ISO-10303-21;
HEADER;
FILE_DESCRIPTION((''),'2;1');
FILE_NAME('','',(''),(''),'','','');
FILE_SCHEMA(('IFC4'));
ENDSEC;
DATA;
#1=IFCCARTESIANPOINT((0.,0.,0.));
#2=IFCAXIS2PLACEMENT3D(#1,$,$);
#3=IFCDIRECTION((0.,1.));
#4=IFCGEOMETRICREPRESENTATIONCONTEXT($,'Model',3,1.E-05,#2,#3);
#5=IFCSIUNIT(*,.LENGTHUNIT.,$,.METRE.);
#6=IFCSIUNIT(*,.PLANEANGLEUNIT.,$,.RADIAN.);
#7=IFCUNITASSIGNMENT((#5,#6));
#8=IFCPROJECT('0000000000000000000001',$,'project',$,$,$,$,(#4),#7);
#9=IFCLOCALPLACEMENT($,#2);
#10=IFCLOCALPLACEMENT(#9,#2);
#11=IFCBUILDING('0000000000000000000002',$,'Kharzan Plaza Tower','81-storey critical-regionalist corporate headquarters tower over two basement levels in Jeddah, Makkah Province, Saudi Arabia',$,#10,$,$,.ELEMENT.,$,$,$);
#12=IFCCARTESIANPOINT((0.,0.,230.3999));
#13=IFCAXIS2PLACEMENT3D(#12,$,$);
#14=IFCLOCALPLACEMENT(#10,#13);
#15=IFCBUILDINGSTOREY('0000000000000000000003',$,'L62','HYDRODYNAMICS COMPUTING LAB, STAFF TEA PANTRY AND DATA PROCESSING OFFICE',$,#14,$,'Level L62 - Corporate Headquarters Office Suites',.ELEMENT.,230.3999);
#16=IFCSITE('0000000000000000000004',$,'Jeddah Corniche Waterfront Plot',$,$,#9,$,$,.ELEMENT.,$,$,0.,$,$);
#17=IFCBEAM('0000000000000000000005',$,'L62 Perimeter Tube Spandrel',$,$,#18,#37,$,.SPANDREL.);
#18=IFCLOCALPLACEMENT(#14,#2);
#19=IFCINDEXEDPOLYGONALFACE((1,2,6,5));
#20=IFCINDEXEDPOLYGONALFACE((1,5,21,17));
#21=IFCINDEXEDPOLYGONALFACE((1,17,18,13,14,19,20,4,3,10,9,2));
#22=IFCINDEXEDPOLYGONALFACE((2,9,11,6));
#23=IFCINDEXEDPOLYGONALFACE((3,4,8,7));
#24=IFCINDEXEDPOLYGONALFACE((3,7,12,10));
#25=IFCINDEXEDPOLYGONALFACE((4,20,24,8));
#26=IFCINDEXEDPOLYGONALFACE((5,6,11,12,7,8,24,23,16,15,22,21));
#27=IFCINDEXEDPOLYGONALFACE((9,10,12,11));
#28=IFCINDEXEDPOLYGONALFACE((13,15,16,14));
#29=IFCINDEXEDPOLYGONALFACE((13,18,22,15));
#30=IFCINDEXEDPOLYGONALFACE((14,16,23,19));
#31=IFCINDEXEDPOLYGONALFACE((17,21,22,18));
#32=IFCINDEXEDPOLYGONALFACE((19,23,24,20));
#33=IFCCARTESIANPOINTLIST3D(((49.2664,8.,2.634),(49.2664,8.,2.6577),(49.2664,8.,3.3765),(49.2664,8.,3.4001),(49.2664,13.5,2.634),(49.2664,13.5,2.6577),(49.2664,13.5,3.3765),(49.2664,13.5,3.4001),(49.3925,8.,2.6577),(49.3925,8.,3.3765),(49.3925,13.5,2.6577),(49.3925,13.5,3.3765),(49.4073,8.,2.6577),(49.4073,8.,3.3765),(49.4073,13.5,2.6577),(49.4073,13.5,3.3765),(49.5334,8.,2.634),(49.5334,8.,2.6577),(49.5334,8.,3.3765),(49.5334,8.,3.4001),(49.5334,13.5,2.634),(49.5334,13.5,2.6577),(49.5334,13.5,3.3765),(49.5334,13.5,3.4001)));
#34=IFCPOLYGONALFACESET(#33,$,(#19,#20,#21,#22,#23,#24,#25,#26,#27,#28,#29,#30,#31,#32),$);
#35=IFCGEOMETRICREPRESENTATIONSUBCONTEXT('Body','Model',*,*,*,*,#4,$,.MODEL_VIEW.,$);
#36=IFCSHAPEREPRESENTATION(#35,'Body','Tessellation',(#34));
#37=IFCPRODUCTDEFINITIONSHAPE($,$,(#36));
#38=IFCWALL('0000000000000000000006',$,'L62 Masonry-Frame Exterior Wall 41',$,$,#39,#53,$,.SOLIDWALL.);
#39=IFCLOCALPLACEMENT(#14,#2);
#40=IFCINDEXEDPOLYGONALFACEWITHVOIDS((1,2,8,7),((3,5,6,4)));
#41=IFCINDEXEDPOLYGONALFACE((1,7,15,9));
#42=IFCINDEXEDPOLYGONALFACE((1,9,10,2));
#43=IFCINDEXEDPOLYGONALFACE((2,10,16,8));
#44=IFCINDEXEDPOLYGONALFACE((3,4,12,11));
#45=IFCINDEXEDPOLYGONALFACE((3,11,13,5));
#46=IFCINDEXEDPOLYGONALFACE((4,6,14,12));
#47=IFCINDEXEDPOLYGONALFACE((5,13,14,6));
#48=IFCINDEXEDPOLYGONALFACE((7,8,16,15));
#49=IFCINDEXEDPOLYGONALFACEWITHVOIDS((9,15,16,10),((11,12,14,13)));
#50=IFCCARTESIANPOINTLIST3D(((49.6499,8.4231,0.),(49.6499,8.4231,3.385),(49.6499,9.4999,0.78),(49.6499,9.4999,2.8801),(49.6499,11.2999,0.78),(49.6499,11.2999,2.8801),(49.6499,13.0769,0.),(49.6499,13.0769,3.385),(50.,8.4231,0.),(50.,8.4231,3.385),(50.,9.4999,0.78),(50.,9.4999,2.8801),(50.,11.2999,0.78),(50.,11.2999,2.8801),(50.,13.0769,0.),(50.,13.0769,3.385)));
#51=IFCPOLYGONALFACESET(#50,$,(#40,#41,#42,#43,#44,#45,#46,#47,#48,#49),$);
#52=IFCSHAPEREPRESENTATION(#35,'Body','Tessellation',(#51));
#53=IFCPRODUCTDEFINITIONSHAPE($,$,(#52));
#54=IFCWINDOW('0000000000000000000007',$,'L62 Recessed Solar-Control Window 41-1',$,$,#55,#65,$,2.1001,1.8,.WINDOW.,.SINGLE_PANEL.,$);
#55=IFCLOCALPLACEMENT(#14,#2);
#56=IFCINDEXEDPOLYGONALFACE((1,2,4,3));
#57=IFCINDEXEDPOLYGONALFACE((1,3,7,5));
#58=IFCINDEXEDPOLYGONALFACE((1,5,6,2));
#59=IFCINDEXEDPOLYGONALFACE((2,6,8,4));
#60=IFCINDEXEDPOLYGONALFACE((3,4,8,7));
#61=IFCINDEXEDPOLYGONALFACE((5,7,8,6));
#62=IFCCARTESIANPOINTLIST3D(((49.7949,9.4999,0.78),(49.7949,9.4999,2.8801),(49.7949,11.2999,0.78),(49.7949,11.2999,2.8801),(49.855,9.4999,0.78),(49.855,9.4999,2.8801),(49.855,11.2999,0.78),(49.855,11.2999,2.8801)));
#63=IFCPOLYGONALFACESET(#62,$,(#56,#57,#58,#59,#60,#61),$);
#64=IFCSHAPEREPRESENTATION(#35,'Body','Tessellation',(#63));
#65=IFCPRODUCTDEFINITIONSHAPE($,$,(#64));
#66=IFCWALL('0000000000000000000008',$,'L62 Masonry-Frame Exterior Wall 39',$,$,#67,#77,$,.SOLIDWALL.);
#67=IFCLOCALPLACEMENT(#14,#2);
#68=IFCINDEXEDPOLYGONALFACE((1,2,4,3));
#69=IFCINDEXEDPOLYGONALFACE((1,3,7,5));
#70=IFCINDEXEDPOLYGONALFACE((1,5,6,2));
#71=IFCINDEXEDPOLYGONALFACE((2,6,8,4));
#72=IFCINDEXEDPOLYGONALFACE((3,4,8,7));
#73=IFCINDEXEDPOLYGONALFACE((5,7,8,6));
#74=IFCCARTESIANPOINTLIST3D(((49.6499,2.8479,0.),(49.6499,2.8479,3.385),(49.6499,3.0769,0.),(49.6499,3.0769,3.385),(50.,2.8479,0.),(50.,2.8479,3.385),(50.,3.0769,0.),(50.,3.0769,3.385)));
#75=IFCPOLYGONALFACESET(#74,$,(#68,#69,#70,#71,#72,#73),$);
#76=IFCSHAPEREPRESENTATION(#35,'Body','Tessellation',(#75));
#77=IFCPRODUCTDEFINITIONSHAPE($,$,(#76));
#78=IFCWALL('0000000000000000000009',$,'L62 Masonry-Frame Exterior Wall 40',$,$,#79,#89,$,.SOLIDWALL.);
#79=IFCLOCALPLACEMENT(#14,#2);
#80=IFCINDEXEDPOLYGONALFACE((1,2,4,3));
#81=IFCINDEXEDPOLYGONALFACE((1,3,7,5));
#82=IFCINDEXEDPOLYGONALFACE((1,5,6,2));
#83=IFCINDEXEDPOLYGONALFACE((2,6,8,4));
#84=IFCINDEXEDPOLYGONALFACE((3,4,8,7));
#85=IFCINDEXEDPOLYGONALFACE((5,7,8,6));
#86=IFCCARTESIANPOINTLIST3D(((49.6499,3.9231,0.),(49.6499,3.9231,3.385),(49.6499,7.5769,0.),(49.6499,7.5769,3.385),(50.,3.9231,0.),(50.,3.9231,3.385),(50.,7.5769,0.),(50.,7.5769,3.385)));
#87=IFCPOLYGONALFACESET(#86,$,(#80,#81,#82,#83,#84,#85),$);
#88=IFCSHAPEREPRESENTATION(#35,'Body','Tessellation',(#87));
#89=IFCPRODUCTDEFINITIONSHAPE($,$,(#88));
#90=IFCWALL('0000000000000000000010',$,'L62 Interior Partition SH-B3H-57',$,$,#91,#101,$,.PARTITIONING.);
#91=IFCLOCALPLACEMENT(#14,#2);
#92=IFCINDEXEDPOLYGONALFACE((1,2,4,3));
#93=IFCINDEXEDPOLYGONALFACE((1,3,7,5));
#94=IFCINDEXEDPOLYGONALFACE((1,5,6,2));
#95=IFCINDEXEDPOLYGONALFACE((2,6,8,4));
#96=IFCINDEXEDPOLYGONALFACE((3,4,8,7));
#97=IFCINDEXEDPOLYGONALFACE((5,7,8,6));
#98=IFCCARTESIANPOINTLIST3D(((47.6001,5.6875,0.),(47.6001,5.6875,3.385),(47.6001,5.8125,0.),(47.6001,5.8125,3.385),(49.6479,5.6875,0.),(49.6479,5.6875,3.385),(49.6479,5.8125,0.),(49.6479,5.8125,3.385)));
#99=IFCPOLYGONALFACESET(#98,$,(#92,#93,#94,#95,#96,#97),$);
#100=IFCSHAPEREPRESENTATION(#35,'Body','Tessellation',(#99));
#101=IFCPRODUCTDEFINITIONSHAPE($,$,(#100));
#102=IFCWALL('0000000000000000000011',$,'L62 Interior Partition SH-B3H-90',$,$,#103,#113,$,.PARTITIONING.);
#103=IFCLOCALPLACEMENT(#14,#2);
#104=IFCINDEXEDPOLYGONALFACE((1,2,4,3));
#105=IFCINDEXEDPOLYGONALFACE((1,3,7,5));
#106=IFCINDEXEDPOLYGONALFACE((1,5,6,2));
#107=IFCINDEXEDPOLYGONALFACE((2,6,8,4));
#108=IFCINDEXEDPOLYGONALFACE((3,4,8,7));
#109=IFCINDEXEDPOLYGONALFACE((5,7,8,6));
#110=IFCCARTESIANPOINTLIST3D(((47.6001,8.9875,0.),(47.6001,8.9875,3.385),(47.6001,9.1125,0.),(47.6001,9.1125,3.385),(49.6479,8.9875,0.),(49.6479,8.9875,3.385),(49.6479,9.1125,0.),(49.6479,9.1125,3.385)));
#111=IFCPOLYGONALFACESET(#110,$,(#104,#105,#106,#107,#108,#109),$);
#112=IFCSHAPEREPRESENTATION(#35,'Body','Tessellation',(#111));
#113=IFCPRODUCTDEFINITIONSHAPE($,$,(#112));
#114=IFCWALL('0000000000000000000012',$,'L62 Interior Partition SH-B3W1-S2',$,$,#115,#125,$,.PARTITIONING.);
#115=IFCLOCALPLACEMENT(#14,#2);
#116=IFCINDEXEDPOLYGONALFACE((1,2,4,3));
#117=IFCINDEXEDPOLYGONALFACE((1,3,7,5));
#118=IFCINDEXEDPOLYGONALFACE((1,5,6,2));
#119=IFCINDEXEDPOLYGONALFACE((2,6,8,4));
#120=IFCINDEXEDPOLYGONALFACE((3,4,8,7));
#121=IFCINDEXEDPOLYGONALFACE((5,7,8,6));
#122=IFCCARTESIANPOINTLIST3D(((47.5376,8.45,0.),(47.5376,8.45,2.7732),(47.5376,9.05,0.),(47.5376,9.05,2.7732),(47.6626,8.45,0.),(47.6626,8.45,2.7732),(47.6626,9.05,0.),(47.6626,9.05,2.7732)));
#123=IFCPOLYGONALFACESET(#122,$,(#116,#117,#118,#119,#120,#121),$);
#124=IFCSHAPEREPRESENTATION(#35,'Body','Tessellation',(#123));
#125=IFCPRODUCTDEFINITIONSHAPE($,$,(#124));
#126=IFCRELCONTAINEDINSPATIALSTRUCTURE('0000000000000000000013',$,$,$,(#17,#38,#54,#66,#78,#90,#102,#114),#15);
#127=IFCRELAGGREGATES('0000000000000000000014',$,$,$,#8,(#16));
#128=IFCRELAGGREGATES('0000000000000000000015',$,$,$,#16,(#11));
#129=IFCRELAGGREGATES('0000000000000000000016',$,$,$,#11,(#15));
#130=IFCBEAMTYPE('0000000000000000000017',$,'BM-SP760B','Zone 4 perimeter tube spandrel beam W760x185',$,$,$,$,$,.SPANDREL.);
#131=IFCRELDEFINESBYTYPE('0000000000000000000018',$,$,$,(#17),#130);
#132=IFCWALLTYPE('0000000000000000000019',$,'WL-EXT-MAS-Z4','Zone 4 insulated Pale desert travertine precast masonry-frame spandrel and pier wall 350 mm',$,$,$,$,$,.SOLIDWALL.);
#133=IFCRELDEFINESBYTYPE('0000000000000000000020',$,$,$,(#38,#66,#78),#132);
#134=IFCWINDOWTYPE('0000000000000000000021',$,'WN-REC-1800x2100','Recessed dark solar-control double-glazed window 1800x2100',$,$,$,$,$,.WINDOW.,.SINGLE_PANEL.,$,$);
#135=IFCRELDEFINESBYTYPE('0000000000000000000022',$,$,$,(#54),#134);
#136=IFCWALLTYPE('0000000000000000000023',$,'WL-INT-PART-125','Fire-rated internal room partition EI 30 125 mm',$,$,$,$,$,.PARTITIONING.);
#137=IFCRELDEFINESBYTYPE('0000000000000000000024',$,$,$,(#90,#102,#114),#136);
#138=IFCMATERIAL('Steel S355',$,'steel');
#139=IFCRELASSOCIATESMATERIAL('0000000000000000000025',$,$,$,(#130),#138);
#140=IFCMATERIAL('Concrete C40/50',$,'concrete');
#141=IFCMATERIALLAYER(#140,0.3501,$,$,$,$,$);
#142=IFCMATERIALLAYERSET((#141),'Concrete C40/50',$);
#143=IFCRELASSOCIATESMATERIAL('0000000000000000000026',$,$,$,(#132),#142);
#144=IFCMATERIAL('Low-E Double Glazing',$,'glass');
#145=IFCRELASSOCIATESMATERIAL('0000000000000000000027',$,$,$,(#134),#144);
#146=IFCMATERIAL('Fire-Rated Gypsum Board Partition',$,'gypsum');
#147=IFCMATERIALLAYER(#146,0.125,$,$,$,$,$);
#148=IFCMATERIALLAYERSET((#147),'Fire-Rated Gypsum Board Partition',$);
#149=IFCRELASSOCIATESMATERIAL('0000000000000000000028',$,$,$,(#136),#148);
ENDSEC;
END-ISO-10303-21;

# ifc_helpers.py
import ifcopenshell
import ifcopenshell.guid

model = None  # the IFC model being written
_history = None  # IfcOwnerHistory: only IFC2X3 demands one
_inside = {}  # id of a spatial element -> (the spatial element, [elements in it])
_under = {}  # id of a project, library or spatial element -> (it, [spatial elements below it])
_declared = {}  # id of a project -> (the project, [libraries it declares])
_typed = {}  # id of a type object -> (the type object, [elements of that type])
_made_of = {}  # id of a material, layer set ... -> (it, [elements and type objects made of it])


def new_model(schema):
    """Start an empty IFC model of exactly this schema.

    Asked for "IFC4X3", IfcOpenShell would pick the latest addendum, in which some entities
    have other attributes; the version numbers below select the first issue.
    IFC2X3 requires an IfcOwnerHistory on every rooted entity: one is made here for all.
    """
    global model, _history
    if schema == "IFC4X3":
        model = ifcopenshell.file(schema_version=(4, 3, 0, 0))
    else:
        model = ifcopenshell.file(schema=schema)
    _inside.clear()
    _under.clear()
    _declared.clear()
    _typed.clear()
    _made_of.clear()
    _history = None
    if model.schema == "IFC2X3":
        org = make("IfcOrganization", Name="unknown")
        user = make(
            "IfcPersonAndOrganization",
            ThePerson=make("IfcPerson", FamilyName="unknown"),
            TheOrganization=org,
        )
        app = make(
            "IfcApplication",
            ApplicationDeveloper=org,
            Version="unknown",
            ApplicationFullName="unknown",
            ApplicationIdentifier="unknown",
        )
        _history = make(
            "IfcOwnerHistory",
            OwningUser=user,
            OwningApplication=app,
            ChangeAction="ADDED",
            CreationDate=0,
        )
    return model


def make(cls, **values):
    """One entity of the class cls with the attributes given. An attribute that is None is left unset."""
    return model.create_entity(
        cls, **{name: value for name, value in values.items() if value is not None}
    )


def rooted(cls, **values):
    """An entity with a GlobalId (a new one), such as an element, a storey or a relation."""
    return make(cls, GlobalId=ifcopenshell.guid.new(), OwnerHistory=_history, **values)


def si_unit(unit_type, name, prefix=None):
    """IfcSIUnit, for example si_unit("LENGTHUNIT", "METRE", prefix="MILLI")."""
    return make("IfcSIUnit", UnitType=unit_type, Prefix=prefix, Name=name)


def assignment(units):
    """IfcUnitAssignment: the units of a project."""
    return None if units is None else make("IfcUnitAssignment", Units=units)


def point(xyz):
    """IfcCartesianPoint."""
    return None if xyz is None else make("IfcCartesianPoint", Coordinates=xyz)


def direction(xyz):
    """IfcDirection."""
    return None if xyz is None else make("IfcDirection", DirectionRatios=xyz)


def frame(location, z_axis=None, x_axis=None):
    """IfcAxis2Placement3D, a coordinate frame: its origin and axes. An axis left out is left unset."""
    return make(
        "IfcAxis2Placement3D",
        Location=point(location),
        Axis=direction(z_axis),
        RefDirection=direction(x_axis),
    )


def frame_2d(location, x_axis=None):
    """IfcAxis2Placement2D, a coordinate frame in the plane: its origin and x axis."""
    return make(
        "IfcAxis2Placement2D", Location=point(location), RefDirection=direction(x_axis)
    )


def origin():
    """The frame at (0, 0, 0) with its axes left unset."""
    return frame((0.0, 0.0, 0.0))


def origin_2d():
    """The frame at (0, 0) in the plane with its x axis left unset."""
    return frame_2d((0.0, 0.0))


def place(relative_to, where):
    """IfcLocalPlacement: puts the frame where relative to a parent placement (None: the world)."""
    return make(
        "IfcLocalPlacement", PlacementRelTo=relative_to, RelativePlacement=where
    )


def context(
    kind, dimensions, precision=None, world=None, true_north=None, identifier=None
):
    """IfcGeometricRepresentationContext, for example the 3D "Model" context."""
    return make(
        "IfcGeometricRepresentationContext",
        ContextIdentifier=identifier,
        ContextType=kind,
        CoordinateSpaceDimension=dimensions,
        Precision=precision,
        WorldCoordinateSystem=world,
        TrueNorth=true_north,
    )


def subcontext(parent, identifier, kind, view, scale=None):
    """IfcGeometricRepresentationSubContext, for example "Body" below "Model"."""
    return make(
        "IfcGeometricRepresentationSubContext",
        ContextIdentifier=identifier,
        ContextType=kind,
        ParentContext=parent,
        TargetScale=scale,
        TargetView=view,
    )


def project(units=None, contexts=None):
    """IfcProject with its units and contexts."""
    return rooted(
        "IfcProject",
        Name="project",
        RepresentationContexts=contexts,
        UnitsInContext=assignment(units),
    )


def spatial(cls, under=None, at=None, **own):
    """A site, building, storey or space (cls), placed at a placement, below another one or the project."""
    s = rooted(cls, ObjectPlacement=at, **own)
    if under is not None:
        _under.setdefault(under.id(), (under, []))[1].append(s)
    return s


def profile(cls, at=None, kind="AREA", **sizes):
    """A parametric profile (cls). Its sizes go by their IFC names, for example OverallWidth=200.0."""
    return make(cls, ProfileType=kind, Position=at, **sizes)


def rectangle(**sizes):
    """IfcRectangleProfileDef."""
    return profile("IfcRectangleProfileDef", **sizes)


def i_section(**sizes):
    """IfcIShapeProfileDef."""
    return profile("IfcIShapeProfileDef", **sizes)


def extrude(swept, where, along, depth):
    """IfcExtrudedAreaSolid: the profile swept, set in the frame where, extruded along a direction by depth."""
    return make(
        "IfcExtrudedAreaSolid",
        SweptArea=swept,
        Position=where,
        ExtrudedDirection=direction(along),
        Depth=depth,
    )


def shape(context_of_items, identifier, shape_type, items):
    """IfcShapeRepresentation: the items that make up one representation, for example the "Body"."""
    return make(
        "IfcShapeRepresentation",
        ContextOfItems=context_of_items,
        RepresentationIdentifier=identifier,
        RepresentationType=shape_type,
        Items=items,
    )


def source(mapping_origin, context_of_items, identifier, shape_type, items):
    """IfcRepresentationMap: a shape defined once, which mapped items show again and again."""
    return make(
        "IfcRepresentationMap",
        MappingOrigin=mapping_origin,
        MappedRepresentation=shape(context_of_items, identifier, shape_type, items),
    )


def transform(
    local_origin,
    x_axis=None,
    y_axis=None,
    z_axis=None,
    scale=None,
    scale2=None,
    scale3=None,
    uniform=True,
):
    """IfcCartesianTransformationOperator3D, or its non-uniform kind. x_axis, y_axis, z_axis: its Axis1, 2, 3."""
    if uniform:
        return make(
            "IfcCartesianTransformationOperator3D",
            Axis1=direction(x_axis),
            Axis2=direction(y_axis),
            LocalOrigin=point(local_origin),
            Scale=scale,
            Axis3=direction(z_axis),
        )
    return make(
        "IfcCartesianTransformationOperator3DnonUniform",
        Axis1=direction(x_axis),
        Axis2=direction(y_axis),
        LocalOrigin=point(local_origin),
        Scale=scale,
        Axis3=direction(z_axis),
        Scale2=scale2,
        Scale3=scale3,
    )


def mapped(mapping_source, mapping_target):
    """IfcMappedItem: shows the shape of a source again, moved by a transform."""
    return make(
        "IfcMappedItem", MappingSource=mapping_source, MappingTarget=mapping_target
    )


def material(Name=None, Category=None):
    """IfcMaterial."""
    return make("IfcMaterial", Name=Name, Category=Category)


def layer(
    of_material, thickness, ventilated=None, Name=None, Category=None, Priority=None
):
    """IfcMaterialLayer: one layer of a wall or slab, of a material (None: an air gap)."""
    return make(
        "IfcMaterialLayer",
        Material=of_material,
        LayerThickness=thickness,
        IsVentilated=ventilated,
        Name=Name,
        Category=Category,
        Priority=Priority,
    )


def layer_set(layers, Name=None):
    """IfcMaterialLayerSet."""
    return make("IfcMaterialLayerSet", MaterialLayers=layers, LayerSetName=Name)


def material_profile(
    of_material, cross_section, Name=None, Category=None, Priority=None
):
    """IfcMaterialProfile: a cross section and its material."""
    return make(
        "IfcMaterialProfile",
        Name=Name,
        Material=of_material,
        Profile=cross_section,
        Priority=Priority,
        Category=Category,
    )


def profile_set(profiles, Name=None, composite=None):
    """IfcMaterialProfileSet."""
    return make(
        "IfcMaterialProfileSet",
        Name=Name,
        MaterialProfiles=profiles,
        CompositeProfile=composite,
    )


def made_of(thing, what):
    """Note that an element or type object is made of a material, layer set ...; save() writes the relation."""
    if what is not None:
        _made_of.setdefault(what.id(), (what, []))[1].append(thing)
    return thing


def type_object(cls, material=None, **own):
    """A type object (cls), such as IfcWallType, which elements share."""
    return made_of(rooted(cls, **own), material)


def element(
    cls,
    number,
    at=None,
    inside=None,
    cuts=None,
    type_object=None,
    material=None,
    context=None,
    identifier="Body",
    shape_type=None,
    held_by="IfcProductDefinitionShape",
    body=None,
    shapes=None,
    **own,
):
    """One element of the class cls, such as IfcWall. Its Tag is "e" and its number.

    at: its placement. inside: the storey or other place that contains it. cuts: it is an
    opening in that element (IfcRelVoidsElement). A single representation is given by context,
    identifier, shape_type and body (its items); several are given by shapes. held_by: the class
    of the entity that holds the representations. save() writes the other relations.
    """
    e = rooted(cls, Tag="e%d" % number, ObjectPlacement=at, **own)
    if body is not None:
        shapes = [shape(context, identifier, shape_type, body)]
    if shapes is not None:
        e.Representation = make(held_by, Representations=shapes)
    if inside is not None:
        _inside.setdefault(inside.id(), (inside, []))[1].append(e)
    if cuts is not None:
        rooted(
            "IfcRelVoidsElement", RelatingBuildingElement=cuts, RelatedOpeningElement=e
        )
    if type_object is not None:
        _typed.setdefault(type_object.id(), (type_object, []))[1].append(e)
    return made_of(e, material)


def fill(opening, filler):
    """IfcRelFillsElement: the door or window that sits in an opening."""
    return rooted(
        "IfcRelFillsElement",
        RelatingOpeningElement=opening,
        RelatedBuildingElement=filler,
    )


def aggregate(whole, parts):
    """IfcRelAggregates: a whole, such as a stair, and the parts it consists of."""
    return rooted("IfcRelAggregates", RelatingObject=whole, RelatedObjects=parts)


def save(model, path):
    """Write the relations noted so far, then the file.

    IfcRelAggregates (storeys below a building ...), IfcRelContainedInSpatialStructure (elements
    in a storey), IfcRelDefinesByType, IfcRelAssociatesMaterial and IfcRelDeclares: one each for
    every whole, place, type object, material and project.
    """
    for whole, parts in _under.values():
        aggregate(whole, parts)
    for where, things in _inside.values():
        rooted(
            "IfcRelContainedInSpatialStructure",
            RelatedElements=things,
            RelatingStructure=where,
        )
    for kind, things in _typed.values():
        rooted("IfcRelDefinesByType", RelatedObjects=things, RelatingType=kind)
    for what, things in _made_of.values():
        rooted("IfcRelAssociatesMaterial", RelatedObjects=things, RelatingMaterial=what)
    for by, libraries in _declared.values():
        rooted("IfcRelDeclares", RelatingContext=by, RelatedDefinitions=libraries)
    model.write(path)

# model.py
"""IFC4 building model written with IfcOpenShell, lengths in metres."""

from ifc_helpers import new_model, si_unit, direction, frame, frame_2d, origin, origin_2d, place, context, subcontext, project, spatial, rectangle, i_section, extrude, source, transform, mapped, material, layer, layer_set, material_profile, profile_set, type_object, element, fill, save


model = new_model("IFC4")

# Units and contexts
model_context = context("Model", 3, precision=1e-05, world=origin(), true_north=direction((0.0, 1.0)))
body_context = subcontext(model_context, "Body", "Model", "MODEL_VIEW")
ifc_project = project(units=[si_unit("LENGTHUNIT", "METRE"), si_unit("PLANEANGLEUNIT", "RADIAN")], contexts=[model_context])

# Site, building, storey
site_placement = place(None, origin())
site = spatial("IfcSite", under=ifc_project, at=site_placement, Name="Jeddah Corniche Waterfront Plot", CompositionType="ELEMENT", RefElevation=0.0)
building_placement = place(site_placement, origin())
building = spatial("IfcBuilding", under=site, at=building_placement, Name="Kharzan Plaza Tower", Description="81-storey critical-regionalist corporate headquarters tower over two basement levels in Jeddah, Makkah Province, Saudi Arabia", CompositionType="ELEMENT")
storey_placement = place(building_placement, frame((0.0, 0.0, 230.3999)))
storey = spatial("IfcBuildingStorey", under=building, at=storey_placement, Name="L62", Description="HYDRODYNAMICS COMPUTING LAB, STAFF TEA PANTRY AND DATA PROCESSING OFFICE", LongName="Level L62 - Corporate Headquarters Office Suites", CompositionType="ELEMENT", Elevation=230.3999)

# Beam
ifc_material_1 = material(Name="Steel S355", Category="steel")
ifc_material_profile_1 = material_profile(ifc_material_1, i_section(OverallWidth=0.2671, OverallDepth=0.7661, WebThickness=0.0149, FlangeThickness=0.0237, at=origin_2d()), Name="W760x185")
ifc_profile_set_1 = profile_set([ifc_material_profile_1], Name="Steel S355")
beam_type_1 = type_object("IfcBeamType", Name="BM-SP760B", Description="Zone 4 perimeter tube spandrel beam W760x185", PredefinedType="SPANDREL", material=ifc_profile_set_1)
shared_shape_1 = source(origin(), body_context, "Body", "SweptSolid", [
    extrude(i_section(OverallWidth=0.2671, OverallDepth=0.7661, WebThickness=0.0149, FlangeThickness=0.0237, at=origin_2d()), origin(), (0.0, 0.0, 1.0), 5.5),
])
beam_1_placement = place(storey_placement, frame((49.3999, 8.0, 3.0171), z_axis=(0.0, 1.0, 0.0), x_axis=(-1.0, 0.0, 0.0)))
element("IfcBeam", 1, at=beam_1_placement, inside=storey, type_object=beam_type_1, Name="L62 Perimeter Tube Spandrel", PredefinedType="SPANDREL", context=body_context, shape_type="MappedRepresentation", body=[
    mapped(shared_shape_1, transform((0.0, 0.0, 0.0), x_axis=(1.0, 0.0, 0.0), y_axis=(0.0, 1.0, 0.0), z_axis=(0.0, 0.0, 1.0))),
])

# Wall, opening, window
ifc_material_2 = material(Name="Concrete C40/50", Category="concrete")
ifc_layer_1 = layer(ifc_material_2, 0.3501)
ifc_layer_set_1 = layer_set([ifc_layer_1], Name="Concrete C40/50")
wall_type_1 = type_object("IfcWallType", Name="WL-EXT-MAS-Z4", Description="Zone 4 insulated Pale desert travertine precast masonry-frame spandrel and pier wall 350 mm", PredefinedType="SOLIDWALL", material=ifc_layer_set_1)
wall_1_placement = place(storey_placement, frame((49.825, 8.4231, 0.0), z_axis=(0.0, 0.0, 1.0), x_axis=(0.0, 1.0, 0.0)))
wall_1 = element("IfcWall", 2, at=wall_1_placement, inside=storey, type_object=wall_type_1, Name="L62 Masonry-Frame Exterior Wall 41", PredefinedType="SOLIDWALL", context=body_context, shape_type="SweptSolid", body=[
    extrude(rectangle(XDim=4.6538, YDim=0.3501, at=frame_2d((2.3269, 0.0))), origin(), (0.0, 0.0, 1.0), 3.385),
])
opening_1_placement = place(wall_1_placement, frame((1.0769, 0.0, 0.78)))
opening_1 = element("IfcOpeningElement", 3, at=opening_1_placement, cuts=wall_1, PredefinedType="OPENING", context=body_context, shape_type="SweptSolid", body=[
    extrude(rectangle(XDim=1.8, YDim=2.1001, at=frame_2d((0.8999, 1.05))), frame((0.0, 0.1851, 0.0), z_axis=(0.0, -1.0, 0.0), x_axis=(1.0, 0.0, 0.0)), (0.0, 0.0, 1.0), 0.3701),
])
ifc_material_3 = material(Name="Low-E Double Glazing", Category="glass")
window_type = type_object("IfcWindowType", Name="WN-REC-1800x2100", Description="Recessed dark solar-control double-glazed window 1800x2100", PartitioningType="SINGLE_PANEL", PredefinedType="WINDOW", material=ifc_material_3)
shared_shape_2 = source(origin(), body_context, "Body", "SweptSolid", [
    extrude(rectangle(XDim=1.8, YDim=2.1001, at=frame_2d((0.8999, 1.05))), frame((0.0, 0.03, 0.0), z_axis=(0.0, -1.0, 0.0), x_axis=(1.0, 0.0, 0.0)), (0.0, 0.0, 1.0), 0.0601),
])
window_placement = place(opening_1_placement, origin())
window = element("IfcWindow", 4, at=window_placement, inside=storey, type_object=window_type, Name="L62 Recessed Solar-Control Window 41-1", OverallHeight=2.1001, OverallWidth=1.8, PartitioningType="SINGLE_PANEL", PredefinedType="WINDOW", context=body_context, shape_type="MappedRepresentation", body=[
    mapped(shared_shape_2, transform((0.0, 0.0, 0.0), x_axis=(1.0, 0.0, 0.0), y_axis=(0.0, 1.0, 0.0), z_axis=(0.0, 0.0, 1.0))),
])
fill(opening_1, window)

# Shared definitions
ifc_material_4 = material(Name="Fire-Rated Gypsum Board Partition", Category="gypsum")
ifc_layer_2 = layer(ifc_material_4, 0.125)
ifc_layer_set_2 = layer_set([ifc_layer_2], Name="Fire-Rated Gypsum Board Partition")
wall_type_2 = type_object("IfcWallType", Name="WL-INT-PART-125", Description="Fire-rated internal room partition EI 30 125 mm", PredefinedType="PARTITIONING", material=ifc_layer_set_2)

# Walls
shared_shape_3 = source(origin(), body_context, "Body", "SweptSolid", [
    extrude(rectangle(XDim=0.229, YDim=0.3501, at=frame_2d((0.1145, 0.0))), origin(), (0.0, 0.0, 1.0), 3.385),
])
wall_2_placement = place(storey_placement, frame((49.825, 2.8479, 0.0), z_axis=(0.0, 0.0, 1.0), x_axis=(0.0, 1.0, 0.0)))
element("IfcWall", 5, at=wall_2_placement, inside=storey, type_object=wall_type_1, Name="L62 Masonry-Frame Exterior Wall 39", PredefinedType="SOLIDWALL", context=body_context, shape_type="MappedRepresentation", body=[
    mapped(shared_shape_3, transform((0.0, 0.0, 0.0), x_axis=(1.0, 0.0, 0.0), y_axis=(0.0, 1.0, 0.0), z_axis=(0.0, 0.0, 1.0))),
])
shared_shape_4 = source(origin(), body_context, "Body", "SweptSolid", [
    extrude(rectangle(XDim=3.6538, YDim=0.3501, at=frame_2d((1.8269, 0.0))), origin(), (0.0, 0.0, 1.0), 3.385),
])
wall_3_placement = place(storey_placement, frame((49.825, 3.9231, 0.0), z_axis=(0.0, 0.0, 1.0), x_axis=(0.0, 1.0, 0.0)))
element("IfcWall", 6, at=wall_3_placement, inside=storey, type_object=wall_type_1, Name="L62 Masonry-Frame Exterior Wall 40", PredefinedType="SOLIDWALL", context=body_context, shape_type="MappedRepresentation", body=[
    mapped(shared_shape_4, transform((0.0, 0.0, 0.0), x_axis=(1.0, 0.0, 0.0), y_axis=(0.0, 1.0, 0.0), z_axis=(0.0, 0.0, 1.0))),
])
shared_shape_5 = source(origin(), body_context, "Body", "SweptSolid", [
    extrude(rectangle(XDim=2.0479, YDim=0.125, at=frame_2d((1.0239, 0.0))), origin(), (0.0, 0.0, 1.0), 3.385),
])
for number, where, z_axis, x_axis, name in (
    (7, (47.6001, 5.75, 0.0), (0.0, 0.0, 1.0), (1.0, 0.0, 0.0), "L62 Interior Partition SH-B3H-57"),
    (8, (47.6001, 9.05, 0.0), (0.0, 0.0, 1.0), (1.0, 0.0, 0.0), "L62 Interior Partition SH-B3H-90"),
):
    element("IfcWall", number, at=place(storey_placement, frame(where, z_axis=z_axis, x_axis=x_axis)), inside=storey, type_object=wall_type_2, Name=name, PredefinedType="PARTITIONING", context=body_context, shape_type="MappedRepresentation", body=[
        mapped(shared_shape_5, transform((0.0, 0.0, 0.0), x_axis=(1.0, 0.0, 0.0), y_axis=(0.0, 1.0, 0.0), z_axis=(0.0, 0.0, 1.0))),
    ])
shared_shape_6 = source(origin(), body_context, "Body", "SweptSolid", [
    extrude(rectangle(XDim=0.6001, YDim=0.125, at=frame_2d((0.3, 0.0))), origin(), (0.0, 0.0, 1.0), 2.7732),
])
wall_4_placement = place(storey_placement, frame((47.6001, 8.45, 0.0), z_axis=(0.0, 0.0, 1.0), x_axis=(0.0, 1.0, 0.0)))
element("IfcWall", 9, at=wall_4_placement, inside=storey, type_object=wall_type_2, Name="L62 Interior Partition SH-B3W1-S2", PredefinedType="PARTITIONING", context=body_context, shape_type="MappedRepresentation", body=[
    mapped(shared_shape_6, transform((0.0, 0.0, 0.0), x_axis=(1.0, 0.0, 0.0), y_axis=(0.0, 1.0, 0.0), z_axis=(0.0, 0.0, 1.0))),
])

save(model, "model.ifc")
